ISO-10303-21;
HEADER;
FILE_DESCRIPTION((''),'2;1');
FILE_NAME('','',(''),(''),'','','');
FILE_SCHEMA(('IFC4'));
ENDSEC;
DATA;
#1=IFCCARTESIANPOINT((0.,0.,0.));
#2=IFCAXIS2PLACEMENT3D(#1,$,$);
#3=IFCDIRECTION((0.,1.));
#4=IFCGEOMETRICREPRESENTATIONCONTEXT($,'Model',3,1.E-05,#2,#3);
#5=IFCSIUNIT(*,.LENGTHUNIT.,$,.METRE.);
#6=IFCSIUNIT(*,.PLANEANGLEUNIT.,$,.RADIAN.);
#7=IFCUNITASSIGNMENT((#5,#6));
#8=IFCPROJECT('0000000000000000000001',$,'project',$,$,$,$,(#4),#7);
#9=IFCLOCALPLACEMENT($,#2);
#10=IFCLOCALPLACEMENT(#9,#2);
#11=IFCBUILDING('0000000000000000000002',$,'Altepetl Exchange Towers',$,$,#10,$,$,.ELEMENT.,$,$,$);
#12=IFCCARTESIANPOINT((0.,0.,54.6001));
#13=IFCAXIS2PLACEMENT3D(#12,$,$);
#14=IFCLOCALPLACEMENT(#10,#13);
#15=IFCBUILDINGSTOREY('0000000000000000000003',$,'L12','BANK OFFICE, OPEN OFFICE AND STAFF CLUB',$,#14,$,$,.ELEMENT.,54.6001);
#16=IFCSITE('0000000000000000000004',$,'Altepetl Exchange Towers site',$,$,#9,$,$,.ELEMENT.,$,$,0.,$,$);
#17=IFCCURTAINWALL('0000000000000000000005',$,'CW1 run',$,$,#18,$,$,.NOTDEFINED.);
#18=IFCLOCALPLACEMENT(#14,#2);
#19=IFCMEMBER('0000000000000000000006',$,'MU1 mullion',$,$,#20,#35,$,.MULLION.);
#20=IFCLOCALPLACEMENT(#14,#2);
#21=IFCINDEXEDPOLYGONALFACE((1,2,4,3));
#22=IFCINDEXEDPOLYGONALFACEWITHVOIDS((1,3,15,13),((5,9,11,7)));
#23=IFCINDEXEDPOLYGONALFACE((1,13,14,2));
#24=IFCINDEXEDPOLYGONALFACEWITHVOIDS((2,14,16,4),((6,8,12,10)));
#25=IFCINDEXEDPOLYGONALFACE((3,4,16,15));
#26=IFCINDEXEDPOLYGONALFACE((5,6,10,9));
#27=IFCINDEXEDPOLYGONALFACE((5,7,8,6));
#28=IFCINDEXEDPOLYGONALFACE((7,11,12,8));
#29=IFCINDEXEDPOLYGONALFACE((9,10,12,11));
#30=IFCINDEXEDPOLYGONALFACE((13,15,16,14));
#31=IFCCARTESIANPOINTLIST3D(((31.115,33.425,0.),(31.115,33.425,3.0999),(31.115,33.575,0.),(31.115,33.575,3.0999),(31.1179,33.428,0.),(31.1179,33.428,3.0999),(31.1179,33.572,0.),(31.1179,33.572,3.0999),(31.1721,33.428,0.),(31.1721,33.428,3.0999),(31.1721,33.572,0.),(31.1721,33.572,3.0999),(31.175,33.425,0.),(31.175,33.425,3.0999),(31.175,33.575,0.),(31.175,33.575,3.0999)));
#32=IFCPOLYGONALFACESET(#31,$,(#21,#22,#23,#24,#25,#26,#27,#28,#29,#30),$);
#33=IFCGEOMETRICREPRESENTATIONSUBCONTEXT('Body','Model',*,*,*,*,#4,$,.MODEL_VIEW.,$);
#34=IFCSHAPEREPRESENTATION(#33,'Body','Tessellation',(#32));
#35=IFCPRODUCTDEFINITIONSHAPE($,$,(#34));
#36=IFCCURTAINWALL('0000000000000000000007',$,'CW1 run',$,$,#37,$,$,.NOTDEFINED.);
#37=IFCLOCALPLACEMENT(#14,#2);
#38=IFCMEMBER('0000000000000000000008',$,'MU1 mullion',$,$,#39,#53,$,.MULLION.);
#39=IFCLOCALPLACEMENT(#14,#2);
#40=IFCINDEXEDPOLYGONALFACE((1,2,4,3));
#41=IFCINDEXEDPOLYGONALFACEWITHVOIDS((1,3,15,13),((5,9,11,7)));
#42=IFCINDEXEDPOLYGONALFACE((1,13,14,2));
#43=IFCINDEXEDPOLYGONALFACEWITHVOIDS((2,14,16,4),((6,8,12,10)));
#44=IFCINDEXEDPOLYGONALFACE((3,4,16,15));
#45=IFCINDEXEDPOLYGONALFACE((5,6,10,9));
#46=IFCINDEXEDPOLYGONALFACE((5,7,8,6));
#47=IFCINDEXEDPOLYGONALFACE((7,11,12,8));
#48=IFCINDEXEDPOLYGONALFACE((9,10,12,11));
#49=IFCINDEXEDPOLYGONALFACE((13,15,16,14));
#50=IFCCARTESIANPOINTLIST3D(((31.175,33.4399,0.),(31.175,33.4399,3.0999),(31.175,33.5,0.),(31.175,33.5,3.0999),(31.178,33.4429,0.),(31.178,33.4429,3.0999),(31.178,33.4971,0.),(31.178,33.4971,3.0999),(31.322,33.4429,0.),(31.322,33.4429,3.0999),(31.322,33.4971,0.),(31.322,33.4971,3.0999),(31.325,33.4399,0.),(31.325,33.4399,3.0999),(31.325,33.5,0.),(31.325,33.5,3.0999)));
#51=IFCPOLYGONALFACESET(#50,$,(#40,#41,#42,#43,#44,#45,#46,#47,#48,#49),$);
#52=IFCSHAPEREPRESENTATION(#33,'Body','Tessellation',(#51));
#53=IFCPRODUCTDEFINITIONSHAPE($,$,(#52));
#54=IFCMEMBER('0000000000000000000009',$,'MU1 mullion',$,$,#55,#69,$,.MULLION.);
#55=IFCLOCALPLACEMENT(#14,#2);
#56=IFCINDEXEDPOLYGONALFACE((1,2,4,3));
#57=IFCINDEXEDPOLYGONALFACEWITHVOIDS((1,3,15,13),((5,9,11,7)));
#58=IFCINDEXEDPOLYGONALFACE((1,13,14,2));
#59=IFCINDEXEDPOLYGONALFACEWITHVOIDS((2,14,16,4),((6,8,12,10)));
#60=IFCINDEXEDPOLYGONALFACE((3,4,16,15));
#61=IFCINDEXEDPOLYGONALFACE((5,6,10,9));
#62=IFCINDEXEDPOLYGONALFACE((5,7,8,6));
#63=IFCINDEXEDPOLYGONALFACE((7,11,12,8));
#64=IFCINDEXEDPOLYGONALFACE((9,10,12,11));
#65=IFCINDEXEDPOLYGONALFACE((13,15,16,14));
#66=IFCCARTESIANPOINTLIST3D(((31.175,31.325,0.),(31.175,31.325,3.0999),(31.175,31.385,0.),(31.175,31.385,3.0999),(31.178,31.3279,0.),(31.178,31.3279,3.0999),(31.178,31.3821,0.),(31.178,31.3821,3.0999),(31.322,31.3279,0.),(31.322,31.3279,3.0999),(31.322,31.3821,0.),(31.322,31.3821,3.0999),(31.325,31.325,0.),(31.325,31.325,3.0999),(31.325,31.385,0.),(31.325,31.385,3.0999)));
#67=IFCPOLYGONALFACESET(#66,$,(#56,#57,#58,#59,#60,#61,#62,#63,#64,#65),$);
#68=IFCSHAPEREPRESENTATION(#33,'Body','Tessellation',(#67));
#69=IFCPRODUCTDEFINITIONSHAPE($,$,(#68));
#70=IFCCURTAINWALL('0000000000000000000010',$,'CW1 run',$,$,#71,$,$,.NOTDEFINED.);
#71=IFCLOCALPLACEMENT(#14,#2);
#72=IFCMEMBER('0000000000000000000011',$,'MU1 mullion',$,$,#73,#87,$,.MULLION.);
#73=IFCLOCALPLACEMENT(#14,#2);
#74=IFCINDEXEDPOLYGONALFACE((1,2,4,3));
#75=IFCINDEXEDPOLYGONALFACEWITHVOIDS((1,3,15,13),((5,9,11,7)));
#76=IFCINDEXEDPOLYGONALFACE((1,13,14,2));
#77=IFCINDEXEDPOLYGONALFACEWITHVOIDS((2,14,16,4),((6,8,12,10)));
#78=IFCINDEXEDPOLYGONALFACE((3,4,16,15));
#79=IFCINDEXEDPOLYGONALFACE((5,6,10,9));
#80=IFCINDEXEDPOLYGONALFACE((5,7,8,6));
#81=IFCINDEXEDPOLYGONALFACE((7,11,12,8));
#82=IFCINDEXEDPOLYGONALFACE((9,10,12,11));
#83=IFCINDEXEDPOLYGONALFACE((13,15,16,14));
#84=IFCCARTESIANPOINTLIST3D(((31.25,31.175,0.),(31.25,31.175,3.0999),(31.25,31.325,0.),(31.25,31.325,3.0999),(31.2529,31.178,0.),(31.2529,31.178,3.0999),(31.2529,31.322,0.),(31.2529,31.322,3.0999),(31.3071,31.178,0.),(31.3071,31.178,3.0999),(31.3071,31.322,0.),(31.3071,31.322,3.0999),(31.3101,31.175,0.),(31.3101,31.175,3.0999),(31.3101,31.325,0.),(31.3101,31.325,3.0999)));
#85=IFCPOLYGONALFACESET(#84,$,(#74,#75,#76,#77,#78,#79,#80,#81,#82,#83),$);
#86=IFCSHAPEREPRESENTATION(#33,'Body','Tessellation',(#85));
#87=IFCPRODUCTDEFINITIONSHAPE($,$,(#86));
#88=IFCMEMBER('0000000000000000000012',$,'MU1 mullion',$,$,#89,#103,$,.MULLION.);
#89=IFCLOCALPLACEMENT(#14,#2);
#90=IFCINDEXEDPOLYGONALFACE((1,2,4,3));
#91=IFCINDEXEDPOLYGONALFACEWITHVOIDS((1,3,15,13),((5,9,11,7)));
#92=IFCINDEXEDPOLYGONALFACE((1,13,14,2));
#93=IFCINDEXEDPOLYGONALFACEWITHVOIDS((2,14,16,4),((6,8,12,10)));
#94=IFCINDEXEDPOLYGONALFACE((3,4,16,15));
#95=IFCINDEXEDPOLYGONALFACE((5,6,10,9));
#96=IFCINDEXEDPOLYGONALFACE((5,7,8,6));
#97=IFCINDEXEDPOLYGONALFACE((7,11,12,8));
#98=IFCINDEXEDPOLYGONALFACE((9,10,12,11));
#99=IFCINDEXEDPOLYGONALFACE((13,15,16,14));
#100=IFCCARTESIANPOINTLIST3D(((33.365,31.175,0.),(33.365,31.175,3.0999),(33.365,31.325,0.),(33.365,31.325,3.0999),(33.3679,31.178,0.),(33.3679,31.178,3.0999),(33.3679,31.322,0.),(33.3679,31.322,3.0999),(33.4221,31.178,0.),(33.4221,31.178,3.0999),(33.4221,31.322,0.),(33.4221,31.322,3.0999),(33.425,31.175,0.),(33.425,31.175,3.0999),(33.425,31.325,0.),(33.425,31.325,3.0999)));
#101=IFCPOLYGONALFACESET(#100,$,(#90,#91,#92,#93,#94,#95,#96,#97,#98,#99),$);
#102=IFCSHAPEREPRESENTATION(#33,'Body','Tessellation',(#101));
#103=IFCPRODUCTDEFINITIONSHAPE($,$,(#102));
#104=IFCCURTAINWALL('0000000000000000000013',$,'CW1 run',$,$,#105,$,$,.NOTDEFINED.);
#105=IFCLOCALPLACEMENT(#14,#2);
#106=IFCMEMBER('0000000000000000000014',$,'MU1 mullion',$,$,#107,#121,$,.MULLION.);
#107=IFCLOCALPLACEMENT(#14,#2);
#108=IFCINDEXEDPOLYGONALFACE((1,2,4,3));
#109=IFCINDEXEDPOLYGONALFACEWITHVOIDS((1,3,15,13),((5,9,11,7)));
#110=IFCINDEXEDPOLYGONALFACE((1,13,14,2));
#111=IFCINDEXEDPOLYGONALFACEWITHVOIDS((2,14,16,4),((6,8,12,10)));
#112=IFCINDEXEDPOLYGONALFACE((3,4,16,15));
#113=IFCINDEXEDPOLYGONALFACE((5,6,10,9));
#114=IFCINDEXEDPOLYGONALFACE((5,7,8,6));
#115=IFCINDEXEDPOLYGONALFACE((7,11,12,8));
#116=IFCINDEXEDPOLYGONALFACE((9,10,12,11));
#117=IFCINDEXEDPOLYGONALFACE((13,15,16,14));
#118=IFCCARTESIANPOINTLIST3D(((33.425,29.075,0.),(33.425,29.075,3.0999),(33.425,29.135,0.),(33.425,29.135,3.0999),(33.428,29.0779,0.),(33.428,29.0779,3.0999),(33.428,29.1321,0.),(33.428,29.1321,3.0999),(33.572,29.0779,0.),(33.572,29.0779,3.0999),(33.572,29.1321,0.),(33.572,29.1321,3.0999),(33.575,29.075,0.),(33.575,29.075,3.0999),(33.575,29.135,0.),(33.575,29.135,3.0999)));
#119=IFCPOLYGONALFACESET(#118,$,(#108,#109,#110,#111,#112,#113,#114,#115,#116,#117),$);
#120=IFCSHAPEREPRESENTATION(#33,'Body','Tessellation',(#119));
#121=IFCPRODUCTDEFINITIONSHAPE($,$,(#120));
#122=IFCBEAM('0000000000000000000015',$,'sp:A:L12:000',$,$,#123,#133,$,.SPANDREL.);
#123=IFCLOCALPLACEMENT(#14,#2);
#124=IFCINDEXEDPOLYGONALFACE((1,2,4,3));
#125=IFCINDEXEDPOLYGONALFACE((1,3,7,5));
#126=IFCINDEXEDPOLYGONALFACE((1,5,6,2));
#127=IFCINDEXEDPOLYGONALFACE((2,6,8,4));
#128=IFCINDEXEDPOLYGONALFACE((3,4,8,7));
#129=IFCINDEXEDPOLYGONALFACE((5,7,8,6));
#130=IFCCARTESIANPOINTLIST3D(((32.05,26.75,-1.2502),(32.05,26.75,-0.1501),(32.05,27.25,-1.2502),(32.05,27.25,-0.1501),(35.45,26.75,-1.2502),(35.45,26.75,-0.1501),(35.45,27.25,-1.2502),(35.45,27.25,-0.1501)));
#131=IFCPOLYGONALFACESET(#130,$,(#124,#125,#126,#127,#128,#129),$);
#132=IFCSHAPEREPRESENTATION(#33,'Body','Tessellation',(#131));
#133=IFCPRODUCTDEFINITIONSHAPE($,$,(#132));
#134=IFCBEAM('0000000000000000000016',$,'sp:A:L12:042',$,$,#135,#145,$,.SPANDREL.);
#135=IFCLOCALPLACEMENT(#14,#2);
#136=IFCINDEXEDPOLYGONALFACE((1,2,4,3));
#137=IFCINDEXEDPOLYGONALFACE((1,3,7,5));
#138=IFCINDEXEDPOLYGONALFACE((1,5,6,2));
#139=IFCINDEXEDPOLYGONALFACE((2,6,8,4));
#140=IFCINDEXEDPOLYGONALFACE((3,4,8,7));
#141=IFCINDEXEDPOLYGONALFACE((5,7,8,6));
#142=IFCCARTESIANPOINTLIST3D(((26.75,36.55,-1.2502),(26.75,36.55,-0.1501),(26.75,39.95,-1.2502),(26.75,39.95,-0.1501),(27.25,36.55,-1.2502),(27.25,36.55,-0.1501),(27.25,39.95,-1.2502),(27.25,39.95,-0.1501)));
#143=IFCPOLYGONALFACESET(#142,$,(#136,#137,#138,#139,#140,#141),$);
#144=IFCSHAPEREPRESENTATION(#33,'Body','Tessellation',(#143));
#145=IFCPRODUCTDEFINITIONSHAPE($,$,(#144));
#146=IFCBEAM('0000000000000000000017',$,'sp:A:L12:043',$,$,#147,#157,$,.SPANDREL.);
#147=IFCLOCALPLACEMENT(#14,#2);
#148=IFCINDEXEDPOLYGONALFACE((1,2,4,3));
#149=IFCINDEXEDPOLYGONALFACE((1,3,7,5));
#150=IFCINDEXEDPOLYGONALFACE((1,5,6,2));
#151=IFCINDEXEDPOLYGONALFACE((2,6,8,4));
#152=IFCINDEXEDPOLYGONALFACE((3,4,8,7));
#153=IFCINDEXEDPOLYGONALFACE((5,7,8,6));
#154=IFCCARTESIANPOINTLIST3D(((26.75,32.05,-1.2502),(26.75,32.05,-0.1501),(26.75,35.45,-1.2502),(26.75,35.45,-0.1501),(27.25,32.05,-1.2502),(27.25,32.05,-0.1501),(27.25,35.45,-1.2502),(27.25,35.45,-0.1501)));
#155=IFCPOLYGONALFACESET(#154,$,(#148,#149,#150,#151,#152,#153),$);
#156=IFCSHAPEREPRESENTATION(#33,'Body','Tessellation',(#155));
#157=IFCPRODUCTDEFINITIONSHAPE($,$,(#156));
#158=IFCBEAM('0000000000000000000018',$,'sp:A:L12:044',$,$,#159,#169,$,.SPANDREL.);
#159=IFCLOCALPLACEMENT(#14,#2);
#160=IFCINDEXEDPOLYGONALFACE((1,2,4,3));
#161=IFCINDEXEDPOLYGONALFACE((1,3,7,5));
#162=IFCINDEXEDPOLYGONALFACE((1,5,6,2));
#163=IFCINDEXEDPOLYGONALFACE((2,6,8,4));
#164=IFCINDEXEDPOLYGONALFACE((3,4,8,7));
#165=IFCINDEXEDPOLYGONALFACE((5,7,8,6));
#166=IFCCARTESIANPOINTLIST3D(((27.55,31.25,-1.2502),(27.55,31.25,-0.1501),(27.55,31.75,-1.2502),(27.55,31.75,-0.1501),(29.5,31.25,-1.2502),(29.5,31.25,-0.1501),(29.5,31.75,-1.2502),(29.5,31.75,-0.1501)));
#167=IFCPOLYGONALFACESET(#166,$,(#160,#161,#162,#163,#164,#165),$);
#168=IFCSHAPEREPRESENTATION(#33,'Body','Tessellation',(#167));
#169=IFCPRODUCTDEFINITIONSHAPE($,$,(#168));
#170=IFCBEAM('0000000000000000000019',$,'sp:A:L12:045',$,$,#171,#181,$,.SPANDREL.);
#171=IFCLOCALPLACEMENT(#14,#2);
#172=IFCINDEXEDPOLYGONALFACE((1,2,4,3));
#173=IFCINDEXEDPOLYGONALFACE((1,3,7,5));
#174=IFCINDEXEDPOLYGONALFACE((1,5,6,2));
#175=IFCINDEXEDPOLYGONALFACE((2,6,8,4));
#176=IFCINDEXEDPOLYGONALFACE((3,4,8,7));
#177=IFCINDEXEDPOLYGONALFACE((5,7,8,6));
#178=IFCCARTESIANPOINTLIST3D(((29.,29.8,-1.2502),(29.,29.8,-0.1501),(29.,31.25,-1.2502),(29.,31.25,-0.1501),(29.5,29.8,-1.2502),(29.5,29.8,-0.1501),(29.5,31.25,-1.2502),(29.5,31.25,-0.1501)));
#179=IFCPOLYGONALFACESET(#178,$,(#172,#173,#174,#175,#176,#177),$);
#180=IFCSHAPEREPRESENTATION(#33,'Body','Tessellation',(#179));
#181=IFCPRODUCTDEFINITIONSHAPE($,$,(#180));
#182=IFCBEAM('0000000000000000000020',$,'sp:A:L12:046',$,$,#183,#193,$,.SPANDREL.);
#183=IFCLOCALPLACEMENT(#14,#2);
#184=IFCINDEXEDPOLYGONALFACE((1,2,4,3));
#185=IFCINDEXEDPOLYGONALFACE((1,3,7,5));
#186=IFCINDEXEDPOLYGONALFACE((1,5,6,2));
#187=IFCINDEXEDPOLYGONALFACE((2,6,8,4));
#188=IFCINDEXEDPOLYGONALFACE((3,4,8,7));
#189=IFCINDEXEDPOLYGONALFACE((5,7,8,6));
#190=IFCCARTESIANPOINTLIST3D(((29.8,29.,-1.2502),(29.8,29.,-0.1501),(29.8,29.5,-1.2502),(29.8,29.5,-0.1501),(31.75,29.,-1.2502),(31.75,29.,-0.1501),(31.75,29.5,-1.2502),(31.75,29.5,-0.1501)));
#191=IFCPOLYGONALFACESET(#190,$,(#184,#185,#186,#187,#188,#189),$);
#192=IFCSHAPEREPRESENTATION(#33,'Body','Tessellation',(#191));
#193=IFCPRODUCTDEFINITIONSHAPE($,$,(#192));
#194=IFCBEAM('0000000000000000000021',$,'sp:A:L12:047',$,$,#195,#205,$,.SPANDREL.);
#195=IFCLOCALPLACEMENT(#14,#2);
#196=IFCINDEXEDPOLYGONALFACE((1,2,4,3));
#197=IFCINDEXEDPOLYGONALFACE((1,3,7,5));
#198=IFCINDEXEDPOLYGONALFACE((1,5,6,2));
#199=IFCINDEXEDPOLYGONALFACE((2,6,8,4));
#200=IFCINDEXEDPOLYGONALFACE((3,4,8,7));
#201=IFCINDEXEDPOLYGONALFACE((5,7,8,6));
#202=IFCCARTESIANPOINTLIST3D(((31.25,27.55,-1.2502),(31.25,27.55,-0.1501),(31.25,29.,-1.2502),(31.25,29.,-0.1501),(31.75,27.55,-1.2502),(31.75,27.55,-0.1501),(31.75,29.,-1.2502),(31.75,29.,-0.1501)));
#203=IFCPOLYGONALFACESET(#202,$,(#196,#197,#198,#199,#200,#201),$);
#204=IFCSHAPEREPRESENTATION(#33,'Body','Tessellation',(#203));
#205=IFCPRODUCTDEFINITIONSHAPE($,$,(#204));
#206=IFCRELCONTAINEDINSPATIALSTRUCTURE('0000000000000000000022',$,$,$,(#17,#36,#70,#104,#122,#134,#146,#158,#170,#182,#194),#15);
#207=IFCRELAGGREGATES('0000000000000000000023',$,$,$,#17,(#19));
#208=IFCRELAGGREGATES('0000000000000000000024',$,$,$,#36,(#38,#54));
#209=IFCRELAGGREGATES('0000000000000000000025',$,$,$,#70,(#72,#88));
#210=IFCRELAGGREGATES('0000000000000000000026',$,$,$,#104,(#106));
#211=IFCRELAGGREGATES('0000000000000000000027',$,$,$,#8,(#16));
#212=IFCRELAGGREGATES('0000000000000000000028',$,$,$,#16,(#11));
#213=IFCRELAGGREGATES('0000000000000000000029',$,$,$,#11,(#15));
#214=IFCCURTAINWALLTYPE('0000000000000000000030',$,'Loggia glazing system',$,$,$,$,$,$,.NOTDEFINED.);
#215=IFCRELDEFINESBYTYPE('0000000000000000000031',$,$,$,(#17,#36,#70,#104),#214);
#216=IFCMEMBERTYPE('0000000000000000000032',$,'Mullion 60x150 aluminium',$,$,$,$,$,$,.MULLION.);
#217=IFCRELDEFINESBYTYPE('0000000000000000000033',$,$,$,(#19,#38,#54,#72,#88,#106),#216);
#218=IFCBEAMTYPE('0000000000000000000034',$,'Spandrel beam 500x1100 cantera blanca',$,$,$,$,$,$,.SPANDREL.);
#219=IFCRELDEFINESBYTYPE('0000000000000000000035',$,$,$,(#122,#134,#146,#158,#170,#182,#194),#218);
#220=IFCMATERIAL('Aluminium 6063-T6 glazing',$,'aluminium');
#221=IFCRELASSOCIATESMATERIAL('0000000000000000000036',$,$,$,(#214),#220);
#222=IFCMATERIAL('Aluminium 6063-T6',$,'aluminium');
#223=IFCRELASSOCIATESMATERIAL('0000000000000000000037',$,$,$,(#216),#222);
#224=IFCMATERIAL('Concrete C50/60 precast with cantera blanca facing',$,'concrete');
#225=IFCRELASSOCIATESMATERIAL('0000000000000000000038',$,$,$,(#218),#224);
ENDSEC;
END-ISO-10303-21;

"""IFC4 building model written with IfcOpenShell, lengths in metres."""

from ifc_helpers import new_model, si_unit, direction, frame, origin, origin_2d, place, context, subcontext, project, spatial, rectangle, hollow_rectangle, extrude, material, material_profile, profile_set, type_object, element, aggregate, save


model = new_model("IFC4")

# Units and contexts
model_context = context("Model", 3, precision=1e-05, world=origin(), true_north=direction((0.0, 1.0)))
body_context = subcontext(model_context, "Body", "Model", "MODEL_VIEW")
ifc_project = project(units=[si_unit("LENGTHUNIT", "METRE"), si_unit("PLANEANGLEUNIT", "RADIAN")], contexts=[model_context])

# Site, building, storey
site_placement = place(None, origin())
site = spatial("IfcSite", under=ifc_project, at=site_placement, Name="Altepetl Exchange Towers site", CompositionType="ELEMENT", RefElevation=0.0)
building_placement = place(site_placement, origin())
building = spatial("IfcBuilding", under=site, at=building_placement, Name="Altepetl Exchange Towers", CompositionType="ELEMENT")
storey_placement = place(building_placement, frame((0.0, 0.0, 54.6001)))
storey = spatial("IfcBuildingStorey", under=building, at=storey_placement, Name="L12", Description="BANK OFFICE, OPEN OFFICE AND STAFF CLUB", CompositionType="ELEMENT", Elevation=54.6001)

# Curtain walls, members
ifc_material_1 = material(Name="Aluminium 6063-T6 glazing", Category="aluminium")
curtain_wall_type = type_object("IfcCurtainWallType", Name="Loggia glazing system", PredefinedType="NOTDEFINED", material=ifc_material_1)
ifc_material_2 = material(Name="Aluminium 6063-T6", Category="aluminium")
ifc_material_profile_1 = material_profile(ifc_material_2, hollow_rectangle(XDim=0.0601, YDim=0.1499, WallThickness=0.0029, at=origin_2d()), Name="Mullion 60x150 aluminium")
ifc_profile_set_1 = profile_set([ifc_material_profile_1], Name="Aluminium 6063-T6")
member_type = type_object("IfcMemberType", Name="Mullion 60x150 aluminium", PredefinedType="MULLION", material=ifc_profile_set_1)
curtain_wall_1_placement = place(storey_placement, origin())
curtain_wall_1 = element("IfcCurtainWall", 1, at=curtain_wall_1_placement, inside=storey, type_object=curtain_wall_type, Name="CW1 run", PredefinedType="NOTDEFINED")
member_1_placement = place(storey_placement, frame((31.145, 33.5, 0.0)))
member_1 = element("IfcMember", 2, at=member_1_placement, type_object=member_type, Name="MU1 mullion", PredefinedType="MULLION", context=body_context, shape_type="SweptSolid", body=[
    extrude(hollow_rectangle(XDim=0.0601, YDim=0.1499, WallThickness=0.0029, at=origin_2d()), origin(), (0.0, 0.0, 1.0), 3.0999),
])
curtain_wall_2_placement = place(storey_placement, origin())
curtain_wall_2 = element("IfcCurtainWall", 3, at=curtain_wall_2_placement, inside=storey, type_object=curtain_wall_type, Name="CW1 run", PredefinedType="NOTDEFINED")
member_2_placement = place(storey_placement, frame((31.25, 33.47, 0.0), z_axis=(0.0, 0.0, 1.0), x_axis=(0.0, -1.0, 0.0)))
member_2 = element("IfcMember", 4, at=member_2_placement, type_object=member_type, Name="MU1 mullion", PredefinedType="MULLION", context=body_context, shape_type="SweptSolid", body=[
    extrude(hollow_rectangle(XDim=0.0601, YDim=0.1499, WallThickness=0.0029, at=origin_2d()), origin(), (0.0, 0.0, 1.0), 3.0999),
])
member_3_placement = place(storey_placement, frame((31.25, 31.355, 0.0), z_axis=(0.0, 0.0, 1.0), x_axis=(0.0, -1.0, 0.0)))
member_3 = element("IfcMember", 5, at=member_3_placement, type_object=member_type, Name="MU1 mullion", PredefinedType="MULLION", context=body_context, shape_type="SweptSolid", body=[
    extrude(hollow_rectangle(XDim=0.0601, YDim=0.1499, WallThickness=0.0029, at=origin_2d()), origin(), (0.0, 0.0, 1.0), 3.0999),
])
curtain_wall_3_placement = place(storey_placement, origin())
curtain_wall_3 = element("IfcCurtainWall", 6, at=curtain_wall_3_placement, inside=storey, type_object=curtain_wall_type, Name="CW1 run", PredefinedType="NOTDEFINED")
member_4_placement = place(storey_placement, frame((31.28, 31.25, 0.0)))
member_4 = element("IfcMember", 7, at=member_4_placement, type_object=member_type, Name="MU1 mullion", PredefinedType="MULLION", context=body_context, shape_type="SweptSolid", body=[
    extrude(hollow_rectangle(XDim=0.0601, YDim=0.1499, WallThickness=0.0029, at=origin_2d()), origin(), (0.0, 0.0, 1.0), 3.0999),
])
member_5_placement = place(storey_placement, frame((33.395, 31.25, 0.0)))
member_5 = element("IfcMember", 8, at=member_5_placement, type_object=member_type, Name="MU1 mullion", PredefinedType="MULLION", context=body_context, shape_type="SweptSolid", body=[
    extrude(hollow_rectangle(XDim=0.0601, YDim=0.1499, WallThickness=0.0029, at=origin_2d()), origin(), (0.0, 0.0, 1.0), 3.0999),
])

# Curtain wall, member
curtain_wall_4_placement = place(storey_placement, origin())
curtain_wall_4 = element("IfcCurtainWall", 9, at=curtain_wall_4_placement, inside=storey, type_object=curtain_wall_type, Name="CW1 run", PredefinedType="NOTDEFINED")
member_6_placement = place(storey_placement, frame((33.5, 29.105, 0.0), z_axis=(0.0, 0.0, 1.0), x_axis=(0.0, -1.0, 0.0)))
member_6 = element("IfcMember", 10, at=member_6_placement, type_object=member_type, Name="MU1 mullion", PredefinedType="MULLION", context=body_context, shape_type="SweptSolid", body=[
    extrude(hollow_rectangle(XDim=0.0601, YDim=0.1499, WallThickness=0.0029, at=origin_2d()), origin(), (0.0, 0.0, 1.0), 3.0999),
])

# Beams
ifc_material_3 = material(Name="Concrete C50/60 precast with cantera blanca facing", Category="concrete")
ifc_material_profile_2 = material_profile(ifc_material_3, rectangle(XDim=0.5, YDim=1.1001, at=origin_2d()), Name="500 x 1100")
ifc_profile_set_2 = profile_set([ifc_material_profile_2], Name="Concrete C50/60 precast with cantera blanca facing")
beam_type_1 = type_object("IfcBeamType", Name="Spandrel beam 500x1100 cantera blanca", PredefinedType="SPANDREL", material=ifc_profile_set_2)
for number, where, z_axis, x_axis, name in (
    (11, (32.05, 27.0, -0.7002), (1.0, 0.0, 0.0), (0.0, 1.0, 0.0), "sp:A:L12:000"),
    (12, (27.0, 39.95, -0.7002), (0.0, -1.0, 0.0), (1.0, 0.0, 0.0), "sp:A:L12:042"),
    (13, (27.0, 35.45, -0.7002), (0.0, -1.0, 0.0), (1.0, 0.0, 0.0), "sp:A:L12:043"),
):
    element("IfcBeam", number, at=place(storey_placement, frame(where, z_axis=z_axis, x_axis=x_axis)), inside=storey, type_object=beam_type_1, Name=name, PredefinedType="SPANDREL", context=body_context, shape_type="SweptSolid", body=[
        extrude(rectangle(XDim=0.5, YDim=1.1001, at=origin_2d()), origin(), (0.0, 0.0, 1.0), 3.3999),
    ])
beam_1_placement = place(storey_placement, frame((27.55, 31.5, -0.7002), z_axis=(1.0, 0.0, 0.0), x_axis=(0.0, 1.0, 0.0)))
element("IfcBeam", 14, at=beam_1_placement, inside=storey, type_object=beam_type_1, Name="sp:A:L12:044", PredefinedType="SPANDREL", context=body_context, shape_type="SweptSolid", body=[
    extrude(rectangle(XDim=0.5, YDim=1.1001, at=origin_2d()), origin(), (0.0, 0.0, 1.0), 1.95),
])
beam_2_placement = place(storey_placement, frame((29.25, 31.25, -0.7002), z_axis=(0.0, -1.0, 0.0), x_axis=(1.0, 0.0, 0.0)))
element("IfcBeam", 15, at=beam_2_placement, inside=storey, type_object=beam_type_1, Name="sp:A:L12:045", PredefinedType="SPANDREL", context=body_context, shape_type="SweptSolid", body=[
    extrude(rectangle(XDim=0.5, YDim=1.1001, at=origin_2d()), origin(), (0.0, 0.0, 1.0), 1.45),
])
beam_3_placement = place(storey_placement, frame((29.8, 29.25, -0.7002), z_axis=(1.0, 0.0, 0.0), x_axis=(0.0, 1.0, 0.0)))
element("IfcBeam", 16, at=beam_3_placement, inside=storey, type_object=beam_type_1, Name="sp:A:L12:046", PredefinedType="SPANDREL", context=body_context, shape_type="SweptSolid", body=[
    extrude(rectangle(XDim=0.5, YDim=1.1001, at=origin_2d()), origin(), (0.0, 0.0, 1.0), 1.95),
])
beam_4_placement = place(storey_placement, frame((31.5, 29.0, -0.7002), z_axis=(0.0, -1.0, 0.0), x_axis=(1.0, 0.0, 0.0)))
element("IfcBeam", 17, at=beam_4_placement, inside=storey, type_object=beam_type_1, Name="sp:A:L12:047", PredefinedType="SPANDREL", context=body_context, shape_type="SweptSolid", body=[
    extrude(rectangle(XDim=0.5, YDim=1.1001, at=origin_2d()), origin(), (0.0, 0.0, 1.0), 1.45),
])

aggregate(curtain_wall_1, [member_1])
aggregate(curtain_wall_2, [member_2, member_3])
aggregate(curtain_wall_3, [member_4, member_5])
aggregate(curtain_wall_4, [member_6])

save(model, "model.ifc")
